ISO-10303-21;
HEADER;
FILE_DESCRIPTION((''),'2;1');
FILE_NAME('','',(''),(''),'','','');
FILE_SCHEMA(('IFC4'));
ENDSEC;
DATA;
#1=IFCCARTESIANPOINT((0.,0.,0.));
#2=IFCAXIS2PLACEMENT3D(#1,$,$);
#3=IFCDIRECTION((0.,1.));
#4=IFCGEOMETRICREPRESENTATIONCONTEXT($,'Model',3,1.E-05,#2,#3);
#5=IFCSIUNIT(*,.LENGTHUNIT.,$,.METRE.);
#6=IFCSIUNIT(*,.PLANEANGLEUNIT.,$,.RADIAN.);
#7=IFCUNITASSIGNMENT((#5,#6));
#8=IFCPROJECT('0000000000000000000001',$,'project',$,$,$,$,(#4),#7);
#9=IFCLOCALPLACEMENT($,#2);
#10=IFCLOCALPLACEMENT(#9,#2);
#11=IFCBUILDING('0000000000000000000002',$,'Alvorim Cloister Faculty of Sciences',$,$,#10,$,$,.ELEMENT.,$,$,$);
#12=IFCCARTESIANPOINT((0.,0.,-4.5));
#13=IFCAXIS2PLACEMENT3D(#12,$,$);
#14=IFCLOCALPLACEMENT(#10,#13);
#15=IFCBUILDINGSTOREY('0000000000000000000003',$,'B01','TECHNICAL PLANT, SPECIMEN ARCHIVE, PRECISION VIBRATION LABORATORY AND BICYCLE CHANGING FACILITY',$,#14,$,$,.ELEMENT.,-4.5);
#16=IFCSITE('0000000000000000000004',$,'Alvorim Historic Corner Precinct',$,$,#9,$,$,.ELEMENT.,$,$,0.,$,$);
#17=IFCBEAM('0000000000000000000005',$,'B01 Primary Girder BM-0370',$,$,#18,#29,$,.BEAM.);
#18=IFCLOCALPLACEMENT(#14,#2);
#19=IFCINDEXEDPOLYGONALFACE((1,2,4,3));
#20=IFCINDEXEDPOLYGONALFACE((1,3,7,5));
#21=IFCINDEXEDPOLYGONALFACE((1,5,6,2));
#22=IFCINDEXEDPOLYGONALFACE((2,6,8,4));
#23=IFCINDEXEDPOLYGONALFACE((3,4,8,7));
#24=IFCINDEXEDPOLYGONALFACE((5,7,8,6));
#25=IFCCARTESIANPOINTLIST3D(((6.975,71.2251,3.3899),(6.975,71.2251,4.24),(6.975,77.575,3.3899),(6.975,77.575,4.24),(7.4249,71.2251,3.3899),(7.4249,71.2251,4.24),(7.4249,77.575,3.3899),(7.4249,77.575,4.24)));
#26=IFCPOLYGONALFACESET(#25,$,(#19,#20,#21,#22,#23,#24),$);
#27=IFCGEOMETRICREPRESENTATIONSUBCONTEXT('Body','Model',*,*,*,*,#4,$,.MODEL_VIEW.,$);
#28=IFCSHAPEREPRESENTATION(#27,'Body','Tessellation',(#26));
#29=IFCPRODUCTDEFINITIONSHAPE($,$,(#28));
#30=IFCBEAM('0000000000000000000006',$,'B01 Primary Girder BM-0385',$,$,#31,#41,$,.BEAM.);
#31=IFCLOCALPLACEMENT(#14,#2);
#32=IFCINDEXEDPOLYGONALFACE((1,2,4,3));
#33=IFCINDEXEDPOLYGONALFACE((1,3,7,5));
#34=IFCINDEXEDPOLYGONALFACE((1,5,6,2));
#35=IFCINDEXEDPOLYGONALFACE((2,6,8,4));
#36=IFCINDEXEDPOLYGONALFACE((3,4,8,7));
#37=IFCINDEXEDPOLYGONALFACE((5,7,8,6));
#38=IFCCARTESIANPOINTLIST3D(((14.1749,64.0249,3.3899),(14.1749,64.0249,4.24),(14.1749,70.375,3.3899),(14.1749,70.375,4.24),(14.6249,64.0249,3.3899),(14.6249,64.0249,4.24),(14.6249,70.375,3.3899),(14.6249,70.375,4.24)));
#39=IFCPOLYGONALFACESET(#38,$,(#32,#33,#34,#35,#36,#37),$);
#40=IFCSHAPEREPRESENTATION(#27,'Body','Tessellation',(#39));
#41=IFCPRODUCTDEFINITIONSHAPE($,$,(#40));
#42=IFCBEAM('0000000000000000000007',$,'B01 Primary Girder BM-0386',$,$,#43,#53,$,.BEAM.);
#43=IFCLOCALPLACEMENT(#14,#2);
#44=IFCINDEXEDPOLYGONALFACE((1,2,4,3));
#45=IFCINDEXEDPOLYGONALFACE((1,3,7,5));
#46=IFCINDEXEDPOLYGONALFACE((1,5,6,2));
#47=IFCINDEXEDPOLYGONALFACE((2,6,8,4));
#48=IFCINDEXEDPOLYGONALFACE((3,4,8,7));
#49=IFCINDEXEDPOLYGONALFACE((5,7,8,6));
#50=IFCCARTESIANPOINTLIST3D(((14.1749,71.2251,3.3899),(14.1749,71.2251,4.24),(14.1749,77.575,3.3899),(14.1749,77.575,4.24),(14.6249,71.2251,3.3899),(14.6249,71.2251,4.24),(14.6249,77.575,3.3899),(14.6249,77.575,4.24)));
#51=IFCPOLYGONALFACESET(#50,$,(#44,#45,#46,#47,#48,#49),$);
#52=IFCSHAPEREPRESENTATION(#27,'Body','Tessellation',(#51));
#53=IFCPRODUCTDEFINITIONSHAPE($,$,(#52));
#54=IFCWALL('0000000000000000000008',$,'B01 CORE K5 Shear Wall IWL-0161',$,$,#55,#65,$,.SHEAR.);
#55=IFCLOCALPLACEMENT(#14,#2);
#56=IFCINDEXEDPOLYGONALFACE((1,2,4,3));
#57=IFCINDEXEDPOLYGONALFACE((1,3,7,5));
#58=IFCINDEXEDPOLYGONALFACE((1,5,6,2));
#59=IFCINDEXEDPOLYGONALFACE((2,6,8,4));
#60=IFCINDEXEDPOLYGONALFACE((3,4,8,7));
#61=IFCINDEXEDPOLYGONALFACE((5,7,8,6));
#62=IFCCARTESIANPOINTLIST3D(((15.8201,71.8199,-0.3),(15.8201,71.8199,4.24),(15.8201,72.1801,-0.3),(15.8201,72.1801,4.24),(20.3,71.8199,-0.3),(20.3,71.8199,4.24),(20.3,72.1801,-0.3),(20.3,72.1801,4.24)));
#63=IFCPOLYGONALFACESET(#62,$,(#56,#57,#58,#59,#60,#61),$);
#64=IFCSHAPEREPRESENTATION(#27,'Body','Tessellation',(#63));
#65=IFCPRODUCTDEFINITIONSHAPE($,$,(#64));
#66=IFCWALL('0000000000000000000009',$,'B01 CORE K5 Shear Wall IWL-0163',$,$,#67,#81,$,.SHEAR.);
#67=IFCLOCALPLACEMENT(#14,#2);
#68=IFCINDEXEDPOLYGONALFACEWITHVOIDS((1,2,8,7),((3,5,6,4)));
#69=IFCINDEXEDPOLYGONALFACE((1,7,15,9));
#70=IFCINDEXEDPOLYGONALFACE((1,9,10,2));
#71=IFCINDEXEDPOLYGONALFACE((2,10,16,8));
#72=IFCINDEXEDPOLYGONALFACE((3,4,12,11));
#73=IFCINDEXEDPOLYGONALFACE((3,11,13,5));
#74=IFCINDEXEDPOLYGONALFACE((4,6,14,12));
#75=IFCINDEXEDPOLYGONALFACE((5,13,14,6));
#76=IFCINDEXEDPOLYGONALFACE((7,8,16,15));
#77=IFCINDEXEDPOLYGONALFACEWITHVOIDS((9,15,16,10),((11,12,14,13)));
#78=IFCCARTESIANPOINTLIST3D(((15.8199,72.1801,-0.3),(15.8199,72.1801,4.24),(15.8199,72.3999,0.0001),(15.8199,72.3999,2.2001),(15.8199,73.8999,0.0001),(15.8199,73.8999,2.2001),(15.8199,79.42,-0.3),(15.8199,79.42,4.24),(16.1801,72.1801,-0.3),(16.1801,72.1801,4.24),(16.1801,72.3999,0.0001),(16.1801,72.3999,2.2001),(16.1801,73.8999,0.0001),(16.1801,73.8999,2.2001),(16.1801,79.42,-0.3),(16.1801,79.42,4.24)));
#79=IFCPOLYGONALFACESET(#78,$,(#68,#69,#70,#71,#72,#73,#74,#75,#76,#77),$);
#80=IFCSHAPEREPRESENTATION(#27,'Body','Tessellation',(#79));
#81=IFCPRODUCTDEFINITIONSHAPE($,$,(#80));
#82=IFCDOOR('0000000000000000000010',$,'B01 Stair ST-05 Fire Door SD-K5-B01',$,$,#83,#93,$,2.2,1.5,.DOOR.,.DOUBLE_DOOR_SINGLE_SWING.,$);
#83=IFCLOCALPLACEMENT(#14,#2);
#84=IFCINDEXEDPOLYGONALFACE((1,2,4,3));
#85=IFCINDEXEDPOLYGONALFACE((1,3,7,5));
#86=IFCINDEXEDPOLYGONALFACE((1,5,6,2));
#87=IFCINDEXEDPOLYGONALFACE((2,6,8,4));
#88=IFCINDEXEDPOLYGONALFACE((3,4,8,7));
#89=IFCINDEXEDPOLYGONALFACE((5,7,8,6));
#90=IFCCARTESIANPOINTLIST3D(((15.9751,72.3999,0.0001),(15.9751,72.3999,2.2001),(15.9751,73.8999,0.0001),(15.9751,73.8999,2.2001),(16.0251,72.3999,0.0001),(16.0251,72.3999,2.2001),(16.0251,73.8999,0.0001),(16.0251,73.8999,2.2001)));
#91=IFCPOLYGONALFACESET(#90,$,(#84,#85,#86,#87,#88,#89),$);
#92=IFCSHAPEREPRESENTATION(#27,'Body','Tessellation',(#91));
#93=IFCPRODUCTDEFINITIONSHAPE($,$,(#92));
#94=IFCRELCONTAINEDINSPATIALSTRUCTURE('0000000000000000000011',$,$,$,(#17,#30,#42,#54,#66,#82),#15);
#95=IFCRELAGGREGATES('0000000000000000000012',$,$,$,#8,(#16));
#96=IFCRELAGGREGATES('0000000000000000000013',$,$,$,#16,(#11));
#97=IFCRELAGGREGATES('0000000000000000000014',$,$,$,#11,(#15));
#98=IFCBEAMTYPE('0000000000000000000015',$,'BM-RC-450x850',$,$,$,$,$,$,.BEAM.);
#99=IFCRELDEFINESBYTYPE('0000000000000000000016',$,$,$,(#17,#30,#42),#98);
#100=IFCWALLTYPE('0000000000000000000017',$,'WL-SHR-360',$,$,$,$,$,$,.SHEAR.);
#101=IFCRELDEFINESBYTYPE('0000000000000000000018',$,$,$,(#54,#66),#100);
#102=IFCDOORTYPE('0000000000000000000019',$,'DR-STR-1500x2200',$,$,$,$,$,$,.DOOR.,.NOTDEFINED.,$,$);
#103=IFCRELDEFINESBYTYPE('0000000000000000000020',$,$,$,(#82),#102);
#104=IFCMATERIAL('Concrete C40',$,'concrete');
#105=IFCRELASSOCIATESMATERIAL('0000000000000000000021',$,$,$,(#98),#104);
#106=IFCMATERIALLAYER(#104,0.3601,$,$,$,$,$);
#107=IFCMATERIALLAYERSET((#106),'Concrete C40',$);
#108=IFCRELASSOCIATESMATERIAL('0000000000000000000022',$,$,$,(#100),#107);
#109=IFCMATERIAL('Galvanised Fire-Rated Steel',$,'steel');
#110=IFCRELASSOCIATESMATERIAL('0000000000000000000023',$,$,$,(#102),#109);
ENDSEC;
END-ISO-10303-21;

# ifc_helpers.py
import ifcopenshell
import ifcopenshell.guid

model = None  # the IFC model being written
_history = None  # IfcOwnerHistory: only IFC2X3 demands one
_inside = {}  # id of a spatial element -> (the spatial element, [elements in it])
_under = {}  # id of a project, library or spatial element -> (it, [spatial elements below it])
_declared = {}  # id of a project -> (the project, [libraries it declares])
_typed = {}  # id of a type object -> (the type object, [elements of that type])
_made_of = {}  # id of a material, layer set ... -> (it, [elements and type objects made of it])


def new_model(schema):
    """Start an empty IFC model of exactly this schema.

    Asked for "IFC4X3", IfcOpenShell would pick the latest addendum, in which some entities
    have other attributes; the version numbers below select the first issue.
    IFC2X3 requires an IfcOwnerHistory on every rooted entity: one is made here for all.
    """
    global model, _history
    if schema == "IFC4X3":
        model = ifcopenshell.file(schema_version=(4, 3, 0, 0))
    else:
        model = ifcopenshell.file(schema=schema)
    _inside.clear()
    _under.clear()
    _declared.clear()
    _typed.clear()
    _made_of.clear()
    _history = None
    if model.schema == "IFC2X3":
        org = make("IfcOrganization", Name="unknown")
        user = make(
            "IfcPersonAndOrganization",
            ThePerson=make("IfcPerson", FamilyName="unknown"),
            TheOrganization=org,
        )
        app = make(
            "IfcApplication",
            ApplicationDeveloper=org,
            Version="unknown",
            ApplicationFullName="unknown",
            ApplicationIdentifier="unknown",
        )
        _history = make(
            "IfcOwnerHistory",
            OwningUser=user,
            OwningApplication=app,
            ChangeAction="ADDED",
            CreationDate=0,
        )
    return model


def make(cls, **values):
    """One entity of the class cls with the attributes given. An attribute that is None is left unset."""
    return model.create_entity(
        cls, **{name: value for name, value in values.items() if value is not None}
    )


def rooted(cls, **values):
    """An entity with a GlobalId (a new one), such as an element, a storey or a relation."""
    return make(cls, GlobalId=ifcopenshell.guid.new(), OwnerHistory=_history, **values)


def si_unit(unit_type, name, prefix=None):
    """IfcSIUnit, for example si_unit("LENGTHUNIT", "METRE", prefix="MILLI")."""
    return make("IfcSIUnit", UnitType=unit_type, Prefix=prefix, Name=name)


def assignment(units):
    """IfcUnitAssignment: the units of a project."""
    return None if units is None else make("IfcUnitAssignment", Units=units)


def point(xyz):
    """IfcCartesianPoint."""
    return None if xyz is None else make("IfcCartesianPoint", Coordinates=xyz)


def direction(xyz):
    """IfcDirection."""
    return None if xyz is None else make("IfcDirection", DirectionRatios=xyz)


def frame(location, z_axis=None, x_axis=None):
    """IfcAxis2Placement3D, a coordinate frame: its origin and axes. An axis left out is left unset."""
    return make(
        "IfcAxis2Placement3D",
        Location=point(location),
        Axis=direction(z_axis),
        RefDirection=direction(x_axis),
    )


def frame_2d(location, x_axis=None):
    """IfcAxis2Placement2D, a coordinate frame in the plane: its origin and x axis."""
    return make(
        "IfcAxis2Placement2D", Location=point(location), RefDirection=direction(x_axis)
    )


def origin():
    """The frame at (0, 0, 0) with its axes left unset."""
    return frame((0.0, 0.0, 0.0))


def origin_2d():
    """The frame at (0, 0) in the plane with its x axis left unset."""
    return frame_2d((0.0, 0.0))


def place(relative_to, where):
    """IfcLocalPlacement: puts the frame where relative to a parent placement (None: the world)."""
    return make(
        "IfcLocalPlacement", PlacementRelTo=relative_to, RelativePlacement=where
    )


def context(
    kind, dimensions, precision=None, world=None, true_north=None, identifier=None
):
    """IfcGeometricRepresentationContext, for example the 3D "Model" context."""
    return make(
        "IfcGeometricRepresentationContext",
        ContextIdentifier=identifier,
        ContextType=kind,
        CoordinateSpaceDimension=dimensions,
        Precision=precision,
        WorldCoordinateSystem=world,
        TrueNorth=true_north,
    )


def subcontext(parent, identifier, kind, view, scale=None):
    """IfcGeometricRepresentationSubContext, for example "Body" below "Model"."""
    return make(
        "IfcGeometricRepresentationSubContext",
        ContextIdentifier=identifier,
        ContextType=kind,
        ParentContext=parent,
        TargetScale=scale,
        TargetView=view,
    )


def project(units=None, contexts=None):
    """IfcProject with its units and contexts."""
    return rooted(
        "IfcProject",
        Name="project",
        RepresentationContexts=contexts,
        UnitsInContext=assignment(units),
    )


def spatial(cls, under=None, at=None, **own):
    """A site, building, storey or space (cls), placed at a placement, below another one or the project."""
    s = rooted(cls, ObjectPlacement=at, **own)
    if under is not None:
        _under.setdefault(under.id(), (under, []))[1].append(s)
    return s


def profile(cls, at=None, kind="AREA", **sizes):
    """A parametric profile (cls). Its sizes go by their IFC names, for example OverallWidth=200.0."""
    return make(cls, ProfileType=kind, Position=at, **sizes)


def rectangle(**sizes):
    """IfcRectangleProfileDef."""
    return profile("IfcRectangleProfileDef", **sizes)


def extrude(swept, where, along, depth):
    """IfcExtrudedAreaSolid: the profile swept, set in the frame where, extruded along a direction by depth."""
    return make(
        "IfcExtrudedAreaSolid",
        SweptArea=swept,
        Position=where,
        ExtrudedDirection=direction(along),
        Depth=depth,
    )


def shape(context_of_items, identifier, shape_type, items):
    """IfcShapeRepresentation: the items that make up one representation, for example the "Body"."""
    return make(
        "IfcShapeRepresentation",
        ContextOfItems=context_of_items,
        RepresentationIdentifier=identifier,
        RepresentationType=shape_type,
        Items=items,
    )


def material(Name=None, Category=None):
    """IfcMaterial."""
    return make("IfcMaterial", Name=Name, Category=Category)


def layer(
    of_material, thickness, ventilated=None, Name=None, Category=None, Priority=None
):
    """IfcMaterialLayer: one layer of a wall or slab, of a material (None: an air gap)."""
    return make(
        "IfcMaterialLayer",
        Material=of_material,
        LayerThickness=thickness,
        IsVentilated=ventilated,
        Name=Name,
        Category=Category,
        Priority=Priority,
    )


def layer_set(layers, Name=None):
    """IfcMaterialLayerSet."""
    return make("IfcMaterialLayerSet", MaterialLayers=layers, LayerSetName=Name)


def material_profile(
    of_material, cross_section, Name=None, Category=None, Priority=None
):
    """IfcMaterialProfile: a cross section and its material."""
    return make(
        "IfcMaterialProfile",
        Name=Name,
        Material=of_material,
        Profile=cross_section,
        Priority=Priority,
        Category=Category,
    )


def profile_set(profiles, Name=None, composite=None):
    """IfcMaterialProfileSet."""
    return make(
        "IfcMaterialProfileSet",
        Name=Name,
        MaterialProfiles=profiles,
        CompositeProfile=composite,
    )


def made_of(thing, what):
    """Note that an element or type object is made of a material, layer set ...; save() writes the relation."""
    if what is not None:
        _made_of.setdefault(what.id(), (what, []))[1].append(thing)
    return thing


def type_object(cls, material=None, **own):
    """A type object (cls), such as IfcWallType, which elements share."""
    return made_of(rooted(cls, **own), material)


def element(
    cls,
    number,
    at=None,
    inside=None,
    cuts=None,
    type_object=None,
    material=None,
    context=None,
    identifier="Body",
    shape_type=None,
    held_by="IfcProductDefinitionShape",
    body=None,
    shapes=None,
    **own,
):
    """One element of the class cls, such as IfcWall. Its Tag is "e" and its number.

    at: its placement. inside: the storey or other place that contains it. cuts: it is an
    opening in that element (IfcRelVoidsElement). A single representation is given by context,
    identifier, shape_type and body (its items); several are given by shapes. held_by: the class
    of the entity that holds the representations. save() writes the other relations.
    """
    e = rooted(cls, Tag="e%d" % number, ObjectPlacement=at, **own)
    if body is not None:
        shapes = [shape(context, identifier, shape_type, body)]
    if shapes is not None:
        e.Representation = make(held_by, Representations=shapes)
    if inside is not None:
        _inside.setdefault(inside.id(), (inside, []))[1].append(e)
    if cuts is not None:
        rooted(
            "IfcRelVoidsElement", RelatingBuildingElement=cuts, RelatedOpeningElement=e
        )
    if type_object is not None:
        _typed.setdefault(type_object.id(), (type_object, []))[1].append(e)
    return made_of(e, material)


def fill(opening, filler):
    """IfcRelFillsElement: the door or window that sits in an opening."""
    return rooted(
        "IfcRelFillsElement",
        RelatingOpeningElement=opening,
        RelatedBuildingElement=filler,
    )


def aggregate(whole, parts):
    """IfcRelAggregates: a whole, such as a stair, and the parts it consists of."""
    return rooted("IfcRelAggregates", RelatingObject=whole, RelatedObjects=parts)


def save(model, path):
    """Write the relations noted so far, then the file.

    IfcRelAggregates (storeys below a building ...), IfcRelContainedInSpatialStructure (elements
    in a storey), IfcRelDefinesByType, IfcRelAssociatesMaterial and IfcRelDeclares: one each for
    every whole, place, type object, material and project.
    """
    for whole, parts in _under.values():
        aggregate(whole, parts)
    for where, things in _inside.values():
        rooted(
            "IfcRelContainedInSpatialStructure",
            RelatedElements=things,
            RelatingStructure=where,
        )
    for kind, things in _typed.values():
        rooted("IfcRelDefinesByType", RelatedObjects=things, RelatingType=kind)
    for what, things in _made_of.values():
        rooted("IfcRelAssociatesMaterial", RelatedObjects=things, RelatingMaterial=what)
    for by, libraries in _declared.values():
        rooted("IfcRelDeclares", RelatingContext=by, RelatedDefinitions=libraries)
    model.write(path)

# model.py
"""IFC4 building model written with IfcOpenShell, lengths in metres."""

from ifc_helpers import new_model, si_unit, direction, frame, frame_2d, origin, origin_2d, place, context, subcontext, project, spatial, rectangle, extrude, material, layer, layer_set, material_profile, profile_set, type_object, element, fill, save


model = new_model("IFC4")

# Units and contexts
model_context = context("Model", 3, precision=1e-05, world=origin(), true_north=direction((0.0, 1.0)))
body_context = subcontext(model_context, "Body", "Model", "MODEL_VIEW")
ifc_project = project(units=[si_unit("LENGTHUNIT", "METRE"), si_unit("PLANEANGLEUNIT", "RADIAN")], contexts=[model_context])

# Site, building, storey
site_placement = place(None, origin())
site = spatial("IfcSite", under=ifc_project, at=site_placement, Name="Alvorim Historic Corner Precinct", CompositionType="ELEMENT", RefElevation=0.0)
building_placement = place(site_placement, origin())
building = spatial("IfcBuilding", under=site, at=building_placement, Name="Alvorim Cloister Faculty of Sciences", CompositionType="ELEMENT")
storey_placement = place(building_placement, frame((0.0, 0.0, -4.5)))
storey = spatial("IfcBuildingStorey", under=building, at=storey_placement, Name="B01", Description="TECHNICAL PLANT, SPECIMEN ARCHIVE, PRECISION VIBRATION LABORATORY AND BICYCLE CHANGING FACILITY", CompositionType="ELEMENT", Elevation=-4.5)

# Shared definitions
ifc_material_1 = material(Name="Concrete C40", Category="concrete")

# Beams
ifc_material_profile_1 = material_profile(ifc_material_1, rectangle(XDim=0.45, YDim=0.8501, at=origin_2d()), Name="RC40-BM-450x850")
ifc_profile_set_1 = profile_set([ifc_material_profile_1], Name="Concrete C40")
beam_type_1 = type_object("IfcBeamType", Name="BM-RC-450x850", PredefinedType="BEAM", material=ifc_profile_set_1)
beam_1_placement = place(storey_placement, frame((7.2, 71.2251, 3.8149), z_axis=(0.0, 1.0, 0.0), x_axis=(-1.0, 0.0, 0.0)))
element("IfcBeam", 1, at=beam_1_placement, inside=storey, type_object=beam_type_1, Name="B01 Primary Girder BM-0370", PredefinedType="BEAM", context=body_context, shape_type="SweptSolid", body=[
    extrude(rectangle(XDim=0.45, YDim=0.8501, at=origin_2d()), origin(), (0.0, 0.0, 1.0), 6.3499),
])
beam_2_placement = place(storey_placement, frame((14.3999, 64.0249, 3.8149), z_axis=(0.0, 1.0, 0.0), x_axis=(-1.0, 0.0, 0.0)))
element("IfcBeam", 2, at=beam_2_placement, inside=storey, type_object=beam_type_1, Name="B01 Primary Girder BM-0385", PredefinedType="BEAM", context=body_context, shape_type="SweptSolid", body=[
    extrude(rectangle(XDim=0.45, YDim=0.8501, at=origin_2d()), origin(), (0.0, 0.0, 1.0), 6.3501),
])
beam_3_placement = place(storey_placement, frame((14.3999, 71.2251, 3.8149), z_axis=(0.0, 1.0, 0.0), x_axis=(-1.0, 0.0, 0.0)))
element("IfcBeam", 3, at=beam_3_placement, inside=storey, type_object=beam_type_1, Name="B01 Primary Girder BM-0386", PredefinedType="BEAM", context=body_context, shape_type="SweptSolid", body=[
    extrude(rectangle(XDim=0.45, YDim=0.8501, at=origin_2d()), origin(), (0.0, 0.0, 1.0), 6.3499),
])

# Wall
ifc_layer = layer(ifc_material_1, 0.3601)
ifc_layer_set = layer_set([ifc_layer], Name="Concrete C40")
wall_type = type_object("IfcWallType", Name="WL-SHR-360", PredefinedType="SHEAR", material=ifc_layer_set)
wall_1_placement = place(storey_placement, frame((15.8201, 72.0, -0.3), z_axis=(0.0, 0.0, 1.0), x_axis=(1.0, 0.0, 0.0)))
element("IfcWall", 4, at=wall_1_placement, inside=storey, type_object=wall_type, Name="B01 CORE K5 Shear Wall IWL-0161", PredefinedType="SHEAR", context=body_context, shape_type="SweptSolid", body=[
    extrude(rectangle(XDim=4.48, YDim=0.3601, at=frame_2d((2.24, 0.0))), origin(), (0.0, 0.0, 1.0), 4.54),
])

# Wall, opening, door
wall_2_placement = place(storey_placement, frame((16.0, 72.1799, -0.3), z_axis=(0.0, 0.0, 1.0), x_axis=(0.0, 1.0, 0.0)))
wall_2 = element("IfcWall", 5, at=wall_2_placement, inside=storey, type_object=wall_type, Name="B01 CORE K5 Shear Wall IWL-0163", PredefinedType="SHEAR", context=body_context, shape_type="SweptSolid", body=[
    extrude(rectangle(XDim=7.24, YDim=0.3601, at=frame_2d((3.6201, 0.0))), origin(), (0.0, 0.0, 1.0), 4.54),
])
opening_placement = place(wall_2_placement, frame((0.22, 0.0, 0.3)))
opening = element("IfcOpeningElement", 6, at=opening_placement, cuts=wall_2, PredefinedType="OPENING", context=body_context, shape_type="SweptSolid", body=[
    extrude(rectangle(XDim=1.5, YDim=2.2, at=frame_2d((0.75, 1.1001))), frame((0.0, 0.1919, 0.0), z_axis=(0.0, -1.0, 0.0), x_axis=(1.0, 0.0, 0.0)), (0.0, 0.0, 1.0), 0.384),
])
ifc_material_2 = material(Name="Galvanised Fire-Rated Steel", Category="steel")
door_type = type_object("IfcDoorType", Name="DR-STR-1500x2200", OperationType="NOTDEFINED", PredefinedType="DOOR", material=ifc_material_2)
door_placement = place(opening_placement, origin())
door = element("IfcDoor", 7, at=door_placement, inside=storey, type_object=door_type, Name="B01 Stair ST-05 Fire Door SD-K5-B01", OperationType="DOUBLE_DOOR_SINGLE_SWING", OverallHeight=2.2, OverallWidth=1.5, PredefinedType="DOOR", context=body_context, shape_type="SweptSolid", body=[
    extrude(rectangle(XDim=1.5, YDim=2.2, at=frame_2d((0.75, 1.1001))), frame((0.0, 0.0249, 0.0), z_axis=(0.0, -1.0, 0.0), x_axis=(1.0, 0.0, 0.0)), (0.0, 0.0, 1.0), 0.05),
])
fill(opening, door)

save(model, "model.ifc")
